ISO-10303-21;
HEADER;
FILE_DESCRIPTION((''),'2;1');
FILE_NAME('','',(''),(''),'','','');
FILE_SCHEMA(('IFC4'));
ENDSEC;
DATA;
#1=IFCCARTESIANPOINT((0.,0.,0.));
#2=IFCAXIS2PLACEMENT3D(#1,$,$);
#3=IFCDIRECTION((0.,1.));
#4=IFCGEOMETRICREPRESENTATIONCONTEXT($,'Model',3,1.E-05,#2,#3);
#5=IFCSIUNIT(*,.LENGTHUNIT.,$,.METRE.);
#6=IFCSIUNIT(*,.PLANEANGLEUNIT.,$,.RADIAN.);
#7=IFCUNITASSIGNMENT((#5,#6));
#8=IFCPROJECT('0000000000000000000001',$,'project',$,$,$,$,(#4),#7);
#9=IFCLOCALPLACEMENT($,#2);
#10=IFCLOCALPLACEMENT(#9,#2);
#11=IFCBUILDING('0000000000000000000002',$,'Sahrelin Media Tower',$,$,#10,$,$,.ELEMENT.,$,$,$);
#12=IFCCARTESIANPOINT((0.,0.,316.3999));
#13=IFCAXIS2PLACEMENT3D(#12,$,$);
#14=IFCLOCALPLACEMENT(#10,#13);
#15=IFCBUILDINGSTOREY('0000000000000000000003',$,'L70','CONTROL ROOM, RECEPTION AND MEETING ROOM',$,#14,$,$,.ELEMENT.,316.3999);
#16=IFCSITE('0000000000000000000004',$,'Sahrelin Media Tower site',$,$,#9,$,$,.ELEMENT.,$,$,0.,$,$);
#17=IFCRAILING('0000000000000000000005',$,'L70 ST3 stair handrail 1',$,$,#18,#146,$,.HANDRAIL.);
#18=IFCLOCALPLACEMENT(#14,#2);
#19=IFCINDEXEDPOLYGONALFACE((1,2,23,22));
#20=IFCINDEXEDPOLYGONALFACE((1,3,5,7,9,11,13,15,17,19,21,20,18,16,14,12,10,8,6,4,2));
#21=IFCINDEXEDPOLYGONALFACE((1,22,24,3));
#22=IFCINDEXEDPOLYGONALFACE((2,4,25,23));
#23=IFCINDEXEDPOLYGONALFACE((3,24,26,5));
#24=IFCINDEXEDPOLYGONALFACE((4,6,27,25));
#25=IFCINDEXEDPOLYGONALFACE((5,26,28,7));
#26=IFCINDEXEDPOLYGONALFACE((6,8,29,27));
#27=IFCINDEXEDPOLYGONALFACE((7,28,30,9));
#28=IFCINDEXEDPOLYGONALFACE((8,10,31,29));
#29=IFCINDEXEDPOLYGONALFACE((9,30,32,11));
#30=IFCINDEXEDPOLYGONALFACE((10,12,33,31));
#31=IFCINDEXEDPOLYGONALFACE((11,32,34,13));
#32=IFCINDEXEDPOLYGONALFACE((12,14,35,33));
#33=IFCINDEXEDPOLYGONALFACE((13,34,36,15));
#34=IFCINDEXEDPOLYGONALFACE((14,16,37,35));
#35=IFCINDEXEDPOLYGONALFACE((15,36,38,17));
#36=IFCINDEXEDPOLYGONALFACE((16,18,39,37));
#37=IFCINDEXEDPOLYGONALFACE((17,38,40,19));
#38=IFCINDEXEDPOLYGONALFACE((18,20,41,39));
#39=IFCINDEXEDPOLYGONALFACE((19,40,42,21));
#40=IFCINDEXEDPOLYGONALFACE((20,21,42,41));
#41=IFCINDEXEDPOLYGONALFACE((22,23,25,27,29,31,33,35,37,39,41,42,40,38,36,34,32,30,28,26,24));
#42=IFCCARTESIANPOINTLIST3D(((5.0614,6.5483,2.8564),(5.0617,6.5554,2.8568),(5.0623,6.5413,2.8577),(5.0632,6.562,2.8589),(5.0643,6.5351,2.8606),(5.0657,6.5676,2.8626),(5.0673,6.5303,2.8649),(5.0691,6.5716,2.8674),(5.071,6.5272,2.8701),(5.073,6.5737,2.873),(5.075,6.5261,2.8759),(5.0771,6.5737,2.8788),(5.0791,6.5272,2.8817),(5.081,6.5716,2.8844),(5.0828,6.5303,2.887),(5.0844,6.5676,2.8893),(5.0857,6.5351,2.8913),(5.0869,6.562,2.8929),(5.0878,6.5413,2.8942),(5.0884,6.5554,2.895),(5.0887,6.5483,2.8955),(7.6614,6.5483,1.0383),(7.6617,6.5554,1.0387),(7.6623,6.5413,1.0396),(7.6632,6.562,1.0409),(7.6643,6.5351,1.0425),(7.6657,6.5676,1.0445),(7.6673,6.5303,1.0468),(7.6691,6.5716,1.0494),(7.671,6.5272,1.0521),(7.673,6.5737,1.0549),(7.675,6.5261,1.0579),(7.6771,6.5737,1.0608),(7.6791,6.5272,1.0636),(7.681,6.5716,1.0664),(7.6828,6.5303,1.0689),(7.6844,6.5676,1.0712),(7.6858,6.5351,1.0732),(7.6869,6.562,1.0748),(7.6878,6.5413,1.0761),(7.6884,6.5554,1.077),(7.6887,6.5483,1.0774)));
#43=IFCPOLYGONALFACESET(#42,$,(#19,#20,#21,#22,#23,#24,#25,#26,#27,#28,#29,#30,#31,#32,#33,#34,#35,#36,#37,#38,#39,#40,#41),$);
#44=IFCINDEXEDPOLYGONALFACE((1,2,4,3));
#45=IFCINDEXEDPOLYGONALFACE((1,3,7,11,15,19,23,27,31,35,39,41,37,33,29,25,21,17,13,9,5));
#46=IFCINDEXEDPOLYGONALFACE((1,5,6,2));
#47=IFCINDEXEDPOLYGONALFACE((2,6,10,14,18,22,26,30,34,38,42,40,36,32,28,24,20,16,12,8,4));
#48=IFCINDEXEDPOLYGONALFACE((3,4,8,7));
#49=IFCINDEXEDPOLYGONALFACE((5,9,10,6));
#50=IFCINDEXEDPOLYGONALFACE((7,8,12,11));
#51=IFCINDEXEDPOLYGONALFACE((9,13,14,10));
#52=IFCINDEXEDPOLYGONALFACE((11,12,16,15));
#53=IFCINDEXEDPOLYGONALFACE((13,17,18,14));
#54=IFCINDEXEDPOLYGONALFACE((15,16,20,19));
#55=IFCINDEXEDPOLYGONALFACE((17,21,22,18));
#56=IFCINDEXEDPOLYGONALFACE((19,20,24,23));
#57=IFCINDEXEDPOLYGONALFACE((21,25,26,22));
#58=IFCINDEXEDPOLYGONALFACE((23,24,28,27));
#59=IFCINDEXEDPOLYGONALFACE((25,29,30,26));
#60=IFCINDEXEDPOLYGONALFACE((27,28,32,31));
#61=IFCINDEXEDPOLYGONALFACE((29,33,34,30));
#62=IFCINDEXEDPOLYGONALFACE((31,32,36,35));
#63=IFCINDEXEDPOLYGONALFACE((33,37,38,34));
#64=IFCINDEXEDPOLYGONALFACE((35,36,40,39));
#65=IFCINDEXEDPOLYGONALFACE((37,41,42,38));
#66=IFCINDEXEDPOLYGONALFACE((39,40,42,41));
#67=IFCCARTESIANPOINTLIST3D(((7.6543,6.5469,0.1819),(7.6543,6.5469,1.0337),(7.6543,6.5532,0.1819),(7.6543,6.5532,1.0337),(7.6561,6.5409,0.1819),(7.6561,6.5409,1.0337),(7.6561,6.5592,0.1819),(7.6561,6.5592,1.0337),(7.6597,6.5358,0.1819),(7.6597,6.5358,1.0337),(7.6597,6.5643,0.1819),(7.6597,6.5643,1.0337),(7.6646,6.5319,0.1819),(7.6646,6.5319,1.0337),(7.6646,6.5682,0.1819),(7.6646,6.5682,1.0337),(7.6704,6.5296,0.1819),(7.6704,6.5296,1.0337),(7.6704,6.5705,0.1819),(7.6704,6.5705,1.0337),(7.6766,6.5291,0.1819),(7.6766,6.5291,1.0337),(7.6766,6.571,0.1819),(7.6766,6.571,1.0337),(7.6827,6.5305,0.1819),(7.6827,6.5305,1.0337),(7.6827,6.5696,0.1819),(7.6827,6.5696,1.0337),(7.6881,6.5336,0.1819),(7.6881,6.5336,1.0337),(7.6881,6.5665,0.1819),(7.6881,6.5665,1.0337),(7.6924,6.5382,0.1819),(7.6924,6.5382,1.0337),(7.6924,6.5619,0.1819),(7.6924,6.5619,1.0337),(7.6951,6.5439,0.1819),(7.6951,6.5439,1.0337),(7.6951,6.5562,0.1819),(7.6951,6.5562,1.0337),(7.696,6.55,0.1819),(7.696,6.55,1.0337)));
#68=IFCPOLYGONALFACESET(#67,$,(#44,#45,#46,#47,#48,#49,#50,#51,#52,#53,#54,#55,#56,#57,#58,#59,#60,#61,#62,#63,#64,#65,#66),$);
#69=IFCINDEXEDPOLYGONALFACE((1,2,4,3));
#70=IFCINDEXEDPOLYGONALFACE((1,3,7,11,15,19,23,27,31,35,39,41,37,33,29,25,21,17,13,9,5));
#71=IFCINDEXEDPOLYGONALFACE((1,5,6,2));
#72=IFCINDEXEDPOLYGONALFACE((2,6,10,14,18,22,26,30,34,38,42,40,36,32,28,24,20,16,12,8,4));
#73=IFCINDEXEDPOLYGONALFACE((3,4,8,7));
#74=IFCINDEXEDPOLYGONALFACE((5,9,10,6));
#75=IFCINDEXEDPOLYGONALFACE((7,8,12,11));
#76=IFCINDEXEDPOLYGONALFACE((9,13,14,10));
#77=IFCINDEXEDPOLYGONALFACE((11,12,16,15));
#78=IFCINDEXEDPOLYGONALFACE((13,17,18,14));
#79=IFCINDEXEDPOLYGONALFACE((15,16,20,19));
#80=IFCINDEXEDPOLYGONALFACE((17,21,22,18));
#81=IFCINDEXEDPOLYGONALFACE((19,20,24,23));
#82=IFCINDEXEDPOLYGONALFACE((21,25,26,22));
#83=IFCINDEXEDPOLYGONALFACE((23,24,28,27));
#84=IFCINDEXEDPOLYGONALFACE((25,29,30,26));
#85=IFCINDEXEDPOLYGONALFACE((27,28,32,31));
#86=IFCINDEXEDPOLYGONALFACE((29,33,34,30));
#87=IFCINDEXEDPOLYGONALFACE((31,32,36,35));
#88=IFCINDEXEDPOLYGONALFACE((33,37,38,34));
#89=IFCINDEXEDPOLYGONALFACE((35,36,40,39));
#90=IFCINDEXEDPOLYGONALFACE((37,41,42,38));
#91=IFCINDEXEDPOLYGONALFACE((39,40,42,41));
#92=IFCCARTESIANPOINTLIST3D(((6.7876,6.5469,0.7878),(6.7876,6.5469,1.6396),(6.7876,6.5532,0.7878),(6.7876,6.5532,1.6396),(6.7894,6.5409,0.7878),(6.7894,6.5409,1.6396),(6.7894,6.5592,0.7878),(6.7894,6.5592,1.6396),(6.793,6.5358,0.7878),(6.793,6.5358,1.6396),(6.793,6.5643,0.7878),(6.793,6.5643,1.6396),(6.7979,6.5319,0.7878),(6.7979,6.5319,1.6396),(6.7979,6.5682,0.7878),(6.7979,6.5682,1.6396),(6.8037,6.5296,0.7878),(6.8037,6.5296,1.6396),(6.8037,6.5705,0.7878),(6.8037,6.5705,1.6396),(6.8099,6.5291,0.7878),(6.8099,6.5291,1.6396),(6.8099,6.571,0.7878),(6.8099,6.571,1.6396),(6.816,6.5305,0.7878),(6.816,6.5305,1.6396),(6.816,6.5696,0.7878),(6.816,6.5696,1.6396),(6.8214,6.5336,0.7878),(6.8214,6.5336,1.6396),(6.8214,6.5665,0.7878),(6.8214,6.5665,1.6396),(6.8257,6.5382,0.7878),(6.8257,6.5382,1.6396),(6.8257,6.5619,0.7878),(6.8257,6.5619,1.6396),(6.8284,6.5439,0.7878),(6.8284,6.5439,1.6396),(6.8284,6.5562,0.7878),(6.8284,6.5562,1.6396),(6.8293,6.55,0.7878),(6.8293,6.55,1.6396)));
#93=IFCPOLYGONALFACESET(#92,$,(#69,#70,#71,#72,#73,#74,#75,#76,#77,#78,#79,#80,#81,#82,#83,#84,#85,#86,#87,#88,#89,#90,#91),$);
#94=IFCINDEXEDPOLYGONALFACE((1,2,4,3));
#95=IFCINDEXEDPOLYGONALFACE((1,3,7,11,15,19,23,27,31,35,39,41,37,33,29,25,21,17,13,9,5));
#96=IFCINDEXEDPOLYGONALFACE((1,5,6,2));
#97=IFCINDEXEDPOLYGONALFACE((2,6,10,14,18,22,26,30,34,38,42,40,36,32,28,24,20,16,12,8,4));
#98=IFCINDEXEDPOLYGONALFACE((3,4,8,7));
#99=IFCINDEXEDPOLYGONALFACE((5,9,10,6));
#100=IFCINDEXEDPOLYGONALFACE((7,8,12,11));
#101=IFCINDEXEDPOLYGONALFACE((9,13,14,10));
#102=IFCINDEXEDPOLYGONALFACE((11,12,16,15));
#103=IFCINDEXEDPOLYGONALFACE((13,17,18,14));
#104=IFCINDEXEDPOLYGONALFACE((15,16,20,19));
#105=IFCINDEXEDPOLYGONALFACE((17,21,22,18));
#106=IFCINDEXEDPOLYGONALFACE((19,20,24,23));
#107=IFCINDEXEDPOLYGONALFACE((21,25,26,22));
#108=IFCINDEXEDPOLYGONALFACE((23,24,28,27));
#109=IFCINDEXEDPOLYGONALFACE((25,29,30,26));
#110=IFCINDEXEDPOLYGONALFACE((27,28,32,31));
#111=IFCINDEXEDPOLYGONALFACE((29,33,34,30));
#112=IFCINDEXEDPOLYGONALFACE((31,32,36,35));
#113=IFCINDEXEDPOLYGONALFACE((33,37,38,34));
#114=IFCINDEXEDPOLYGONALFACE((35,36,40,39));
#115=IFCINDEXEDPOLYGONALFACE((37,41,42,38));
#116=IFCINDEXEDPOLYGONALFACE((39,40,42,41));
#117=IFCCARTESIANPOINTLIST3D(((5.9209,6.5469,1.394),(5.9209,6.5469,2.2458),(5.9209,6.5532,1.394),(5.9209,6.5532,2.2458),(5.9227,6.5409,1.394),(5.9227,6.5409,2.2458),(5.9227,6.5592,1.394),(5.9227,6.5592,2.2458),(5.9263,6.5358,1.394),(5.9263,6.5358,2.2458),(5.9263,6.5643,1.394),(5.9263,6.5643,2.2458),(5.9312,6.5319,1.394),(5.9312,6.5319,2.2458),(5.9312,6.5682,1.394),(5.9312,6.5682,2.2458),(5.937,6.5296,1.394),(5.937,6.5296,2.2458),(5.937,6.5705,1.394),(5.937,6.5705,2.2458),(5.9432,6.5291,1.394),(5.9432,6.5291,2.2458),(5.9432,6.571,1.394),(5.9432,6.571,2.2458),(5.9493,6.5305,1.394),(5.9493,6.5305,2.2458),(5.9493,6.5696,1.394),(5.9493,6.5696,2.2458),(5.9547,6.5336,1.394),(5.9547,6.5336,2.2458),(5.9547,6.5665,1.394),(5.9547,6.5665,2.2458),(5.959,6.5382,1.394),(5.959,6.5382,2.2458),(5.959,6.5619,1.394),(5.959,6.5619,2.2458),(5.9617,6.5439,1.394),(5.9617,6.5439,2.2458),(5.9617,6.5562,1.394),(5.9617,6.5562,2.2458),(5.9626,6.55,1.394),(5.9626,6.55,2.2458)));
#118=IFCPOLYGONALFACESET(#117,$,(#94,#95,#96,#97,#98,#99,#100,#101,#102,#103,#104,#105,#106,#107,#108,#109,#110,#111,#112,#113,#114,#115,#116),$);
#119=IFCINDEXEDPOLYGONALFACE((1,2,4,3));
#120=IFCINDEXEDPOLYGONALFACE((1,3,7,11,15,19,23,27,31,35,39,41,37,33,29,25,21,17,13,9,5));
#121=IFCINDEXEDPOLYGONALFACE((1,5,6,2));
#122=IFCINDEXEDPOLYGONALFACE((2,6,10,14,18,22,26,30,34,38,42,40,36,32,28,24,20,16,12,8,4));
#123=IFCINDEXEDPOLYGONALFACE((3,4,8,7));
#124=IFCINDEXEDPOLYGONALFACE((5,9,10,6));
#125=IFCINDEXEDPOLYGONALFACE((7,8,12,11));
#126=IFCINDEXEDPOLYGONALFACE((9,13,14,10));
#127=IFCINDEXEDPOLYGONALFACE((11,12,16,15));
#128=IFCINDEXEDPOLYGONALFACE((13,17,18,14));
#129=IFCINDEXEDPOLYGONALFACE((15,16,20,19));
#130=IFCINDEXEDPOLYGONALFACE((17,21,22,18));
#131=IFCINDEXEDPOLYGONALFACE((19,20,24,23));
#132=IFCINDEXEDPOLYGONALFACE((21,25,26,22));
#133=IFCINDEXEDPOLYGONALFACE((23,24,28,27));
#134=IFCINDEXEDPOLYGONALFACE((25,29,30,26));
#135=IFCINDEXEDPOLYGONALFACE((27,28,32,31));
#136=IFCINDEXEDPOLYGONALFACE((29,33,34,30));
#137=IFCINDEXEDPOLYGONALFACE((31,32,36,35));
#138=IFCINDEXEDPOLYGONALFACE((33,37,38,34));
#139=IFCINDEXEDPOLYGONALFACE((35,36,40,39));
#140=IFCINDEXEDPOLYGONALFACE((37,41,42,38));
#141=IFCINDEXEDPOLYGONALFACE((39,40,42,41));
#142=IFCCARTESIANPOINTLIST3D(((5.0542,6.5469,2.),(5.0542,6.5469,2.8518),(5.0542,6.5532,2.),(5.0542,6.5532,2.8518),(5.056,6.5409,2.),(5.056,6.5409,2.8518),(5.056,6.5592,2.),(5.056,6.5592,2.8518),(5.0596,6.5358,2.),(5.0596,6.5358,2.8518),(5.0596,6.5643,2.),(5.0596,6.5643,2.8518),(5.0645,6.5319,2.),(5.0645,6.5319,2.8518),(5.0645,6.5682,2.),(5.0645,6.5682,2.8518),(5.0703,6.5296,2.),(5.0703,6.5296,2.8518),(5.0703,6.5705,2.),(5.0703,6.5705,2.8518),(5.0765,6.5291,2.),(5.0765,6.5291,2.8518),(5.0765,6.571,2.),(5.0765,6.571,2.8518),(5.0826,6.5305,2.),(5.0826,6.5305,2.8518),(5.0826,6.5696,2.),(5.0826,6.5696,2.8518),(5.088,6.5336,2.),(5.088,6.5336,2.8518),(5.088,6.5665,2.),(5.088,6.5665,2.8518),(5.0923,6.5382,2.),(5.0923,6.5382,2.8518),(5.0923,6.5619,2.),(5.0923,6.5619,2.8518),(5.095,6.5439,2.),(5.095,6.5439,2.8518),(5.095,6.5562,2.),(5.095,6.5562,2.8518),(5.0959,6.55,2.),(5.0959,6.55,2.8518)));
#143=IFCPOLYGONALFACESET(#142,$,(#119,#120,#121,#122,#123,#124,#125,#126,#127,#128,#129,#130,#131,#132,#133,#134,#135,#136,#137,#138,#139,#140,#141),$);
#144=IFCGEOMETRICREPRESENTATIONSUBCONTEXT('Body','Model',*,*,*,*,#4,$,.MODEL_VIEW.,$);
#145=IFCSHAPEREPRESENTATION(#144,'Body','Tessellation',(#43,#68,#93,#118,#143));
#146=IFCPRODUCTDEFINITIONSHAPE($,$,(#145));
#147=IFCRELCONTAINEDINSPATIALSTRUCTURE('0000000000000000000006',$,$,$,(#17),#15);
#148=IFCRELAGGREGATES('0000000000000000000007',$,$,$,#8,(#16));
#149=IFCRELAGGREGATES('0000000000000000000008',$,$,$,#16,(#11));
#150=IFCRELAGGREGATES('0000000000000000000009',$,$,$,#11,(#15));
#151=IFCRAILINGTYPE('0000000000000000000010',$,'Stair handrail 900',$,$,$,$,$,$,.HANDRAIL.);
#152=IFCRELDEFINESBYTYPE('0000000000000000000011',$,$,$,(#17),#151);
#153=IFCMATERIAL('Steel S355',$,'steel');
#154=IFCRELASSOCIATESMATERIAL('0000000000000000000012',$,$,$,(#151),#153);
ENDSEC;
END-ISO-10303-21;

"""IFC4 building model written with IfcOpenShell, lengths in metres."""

from ifc_helpers import new_model, si_unit, direction, frame, origin, origin_2d, place, context, subcontext, project, spatial, circle, extrude, material, type_object, element, save


model = new_model("IFC4")

# Units and contexts
model_context = context("Model", 3, precision=1e-05, world=origin(), true_north=direction((0.0, 1.0)))
body_context = subcontext(model_context, "Body", "Model", "MODEL_VIEW")
ifc_project = project(units=[si_unit("LENGTHUNIT", "METRE"), si_unit("PLANEANGLEUNIT", "RADIAN")], contexts=[model_context])

# Site, building, storey
site_placement = place(None, origin())
site = spatial("IfcSite", under=ifc_project, at=site_placement, Name="Sahrelin Media Tower site", CompositionType="ELEMENT", RefElevation=0.0)
building_placement = place(site_placement, origin())
building = spatial("IfcBuilding", under=site, at=building_placement, Name="Sahrelin Media Tower", CompositionType="ELEMENT")
storey_placement = place(building_placement, frame((0.0, 0.0, 316.3999)))
storey = spatial("IfcBuildingStorey", under=building, at=storey_placement, Name="L70", Description="CONTROL ROOM, RECEPTION AND MEETING ROOM", CompositionType="ELEMENT", Elevation=316.3999)

# Shared definitions
ifc_material_1 = material(Name="Steel S355", Category="steel")

# Railing
railing_type_1 = type_object("IfcRailingType", Name="Stair handrail 900", PredefinedType="HANDRAIL", material=ifc_material_1)
railing_1_placement = place(storey_placement, frame((7.675, 6.55, 0.1819)))
element("IfcRailing", 1, at=railing_1_placement, inside=storey, type_object=railing_type_1, Name="L70 ST3 stair handrail 1", PredefinedType="HANDRAIL", context=body_context, shape_type="SweptSolid", body=[
    extrude(circle(Radius=0.0239, at=origin_2d()), frame((0.0, 0.0, 0.876), z_axis=(-0.819521, 0.0, 0.573049), x_axis=(0.0, -1.0, 0.0)), (0.0, 0.0, 1.0), 3.1726),
    extrude(circle(Radius=0.021, at=origin_2d()), origin(), (0.0, 0.0, 1.0), 0.8518),
    extrude(circle(Radius=0.021, at=origin_2d()), frame((-0.8667, 0.0, 0.606)), (0.0, 0.0, 1.0), 0.8518),
    extrude(circle(Radius=0.021, at=origin_2d()), frame((-1.7334, 0.0, 1.2122)), (0.0, 0.0, 1.0), 0.8518),
    extrude(circle(Radius=0.021, at=origin_2d()), frame((-2.6001, 0.0, 1.8181)), (0.0, 0.0, 1.0), 0.8518),
])

save(model, "model.ifc")
